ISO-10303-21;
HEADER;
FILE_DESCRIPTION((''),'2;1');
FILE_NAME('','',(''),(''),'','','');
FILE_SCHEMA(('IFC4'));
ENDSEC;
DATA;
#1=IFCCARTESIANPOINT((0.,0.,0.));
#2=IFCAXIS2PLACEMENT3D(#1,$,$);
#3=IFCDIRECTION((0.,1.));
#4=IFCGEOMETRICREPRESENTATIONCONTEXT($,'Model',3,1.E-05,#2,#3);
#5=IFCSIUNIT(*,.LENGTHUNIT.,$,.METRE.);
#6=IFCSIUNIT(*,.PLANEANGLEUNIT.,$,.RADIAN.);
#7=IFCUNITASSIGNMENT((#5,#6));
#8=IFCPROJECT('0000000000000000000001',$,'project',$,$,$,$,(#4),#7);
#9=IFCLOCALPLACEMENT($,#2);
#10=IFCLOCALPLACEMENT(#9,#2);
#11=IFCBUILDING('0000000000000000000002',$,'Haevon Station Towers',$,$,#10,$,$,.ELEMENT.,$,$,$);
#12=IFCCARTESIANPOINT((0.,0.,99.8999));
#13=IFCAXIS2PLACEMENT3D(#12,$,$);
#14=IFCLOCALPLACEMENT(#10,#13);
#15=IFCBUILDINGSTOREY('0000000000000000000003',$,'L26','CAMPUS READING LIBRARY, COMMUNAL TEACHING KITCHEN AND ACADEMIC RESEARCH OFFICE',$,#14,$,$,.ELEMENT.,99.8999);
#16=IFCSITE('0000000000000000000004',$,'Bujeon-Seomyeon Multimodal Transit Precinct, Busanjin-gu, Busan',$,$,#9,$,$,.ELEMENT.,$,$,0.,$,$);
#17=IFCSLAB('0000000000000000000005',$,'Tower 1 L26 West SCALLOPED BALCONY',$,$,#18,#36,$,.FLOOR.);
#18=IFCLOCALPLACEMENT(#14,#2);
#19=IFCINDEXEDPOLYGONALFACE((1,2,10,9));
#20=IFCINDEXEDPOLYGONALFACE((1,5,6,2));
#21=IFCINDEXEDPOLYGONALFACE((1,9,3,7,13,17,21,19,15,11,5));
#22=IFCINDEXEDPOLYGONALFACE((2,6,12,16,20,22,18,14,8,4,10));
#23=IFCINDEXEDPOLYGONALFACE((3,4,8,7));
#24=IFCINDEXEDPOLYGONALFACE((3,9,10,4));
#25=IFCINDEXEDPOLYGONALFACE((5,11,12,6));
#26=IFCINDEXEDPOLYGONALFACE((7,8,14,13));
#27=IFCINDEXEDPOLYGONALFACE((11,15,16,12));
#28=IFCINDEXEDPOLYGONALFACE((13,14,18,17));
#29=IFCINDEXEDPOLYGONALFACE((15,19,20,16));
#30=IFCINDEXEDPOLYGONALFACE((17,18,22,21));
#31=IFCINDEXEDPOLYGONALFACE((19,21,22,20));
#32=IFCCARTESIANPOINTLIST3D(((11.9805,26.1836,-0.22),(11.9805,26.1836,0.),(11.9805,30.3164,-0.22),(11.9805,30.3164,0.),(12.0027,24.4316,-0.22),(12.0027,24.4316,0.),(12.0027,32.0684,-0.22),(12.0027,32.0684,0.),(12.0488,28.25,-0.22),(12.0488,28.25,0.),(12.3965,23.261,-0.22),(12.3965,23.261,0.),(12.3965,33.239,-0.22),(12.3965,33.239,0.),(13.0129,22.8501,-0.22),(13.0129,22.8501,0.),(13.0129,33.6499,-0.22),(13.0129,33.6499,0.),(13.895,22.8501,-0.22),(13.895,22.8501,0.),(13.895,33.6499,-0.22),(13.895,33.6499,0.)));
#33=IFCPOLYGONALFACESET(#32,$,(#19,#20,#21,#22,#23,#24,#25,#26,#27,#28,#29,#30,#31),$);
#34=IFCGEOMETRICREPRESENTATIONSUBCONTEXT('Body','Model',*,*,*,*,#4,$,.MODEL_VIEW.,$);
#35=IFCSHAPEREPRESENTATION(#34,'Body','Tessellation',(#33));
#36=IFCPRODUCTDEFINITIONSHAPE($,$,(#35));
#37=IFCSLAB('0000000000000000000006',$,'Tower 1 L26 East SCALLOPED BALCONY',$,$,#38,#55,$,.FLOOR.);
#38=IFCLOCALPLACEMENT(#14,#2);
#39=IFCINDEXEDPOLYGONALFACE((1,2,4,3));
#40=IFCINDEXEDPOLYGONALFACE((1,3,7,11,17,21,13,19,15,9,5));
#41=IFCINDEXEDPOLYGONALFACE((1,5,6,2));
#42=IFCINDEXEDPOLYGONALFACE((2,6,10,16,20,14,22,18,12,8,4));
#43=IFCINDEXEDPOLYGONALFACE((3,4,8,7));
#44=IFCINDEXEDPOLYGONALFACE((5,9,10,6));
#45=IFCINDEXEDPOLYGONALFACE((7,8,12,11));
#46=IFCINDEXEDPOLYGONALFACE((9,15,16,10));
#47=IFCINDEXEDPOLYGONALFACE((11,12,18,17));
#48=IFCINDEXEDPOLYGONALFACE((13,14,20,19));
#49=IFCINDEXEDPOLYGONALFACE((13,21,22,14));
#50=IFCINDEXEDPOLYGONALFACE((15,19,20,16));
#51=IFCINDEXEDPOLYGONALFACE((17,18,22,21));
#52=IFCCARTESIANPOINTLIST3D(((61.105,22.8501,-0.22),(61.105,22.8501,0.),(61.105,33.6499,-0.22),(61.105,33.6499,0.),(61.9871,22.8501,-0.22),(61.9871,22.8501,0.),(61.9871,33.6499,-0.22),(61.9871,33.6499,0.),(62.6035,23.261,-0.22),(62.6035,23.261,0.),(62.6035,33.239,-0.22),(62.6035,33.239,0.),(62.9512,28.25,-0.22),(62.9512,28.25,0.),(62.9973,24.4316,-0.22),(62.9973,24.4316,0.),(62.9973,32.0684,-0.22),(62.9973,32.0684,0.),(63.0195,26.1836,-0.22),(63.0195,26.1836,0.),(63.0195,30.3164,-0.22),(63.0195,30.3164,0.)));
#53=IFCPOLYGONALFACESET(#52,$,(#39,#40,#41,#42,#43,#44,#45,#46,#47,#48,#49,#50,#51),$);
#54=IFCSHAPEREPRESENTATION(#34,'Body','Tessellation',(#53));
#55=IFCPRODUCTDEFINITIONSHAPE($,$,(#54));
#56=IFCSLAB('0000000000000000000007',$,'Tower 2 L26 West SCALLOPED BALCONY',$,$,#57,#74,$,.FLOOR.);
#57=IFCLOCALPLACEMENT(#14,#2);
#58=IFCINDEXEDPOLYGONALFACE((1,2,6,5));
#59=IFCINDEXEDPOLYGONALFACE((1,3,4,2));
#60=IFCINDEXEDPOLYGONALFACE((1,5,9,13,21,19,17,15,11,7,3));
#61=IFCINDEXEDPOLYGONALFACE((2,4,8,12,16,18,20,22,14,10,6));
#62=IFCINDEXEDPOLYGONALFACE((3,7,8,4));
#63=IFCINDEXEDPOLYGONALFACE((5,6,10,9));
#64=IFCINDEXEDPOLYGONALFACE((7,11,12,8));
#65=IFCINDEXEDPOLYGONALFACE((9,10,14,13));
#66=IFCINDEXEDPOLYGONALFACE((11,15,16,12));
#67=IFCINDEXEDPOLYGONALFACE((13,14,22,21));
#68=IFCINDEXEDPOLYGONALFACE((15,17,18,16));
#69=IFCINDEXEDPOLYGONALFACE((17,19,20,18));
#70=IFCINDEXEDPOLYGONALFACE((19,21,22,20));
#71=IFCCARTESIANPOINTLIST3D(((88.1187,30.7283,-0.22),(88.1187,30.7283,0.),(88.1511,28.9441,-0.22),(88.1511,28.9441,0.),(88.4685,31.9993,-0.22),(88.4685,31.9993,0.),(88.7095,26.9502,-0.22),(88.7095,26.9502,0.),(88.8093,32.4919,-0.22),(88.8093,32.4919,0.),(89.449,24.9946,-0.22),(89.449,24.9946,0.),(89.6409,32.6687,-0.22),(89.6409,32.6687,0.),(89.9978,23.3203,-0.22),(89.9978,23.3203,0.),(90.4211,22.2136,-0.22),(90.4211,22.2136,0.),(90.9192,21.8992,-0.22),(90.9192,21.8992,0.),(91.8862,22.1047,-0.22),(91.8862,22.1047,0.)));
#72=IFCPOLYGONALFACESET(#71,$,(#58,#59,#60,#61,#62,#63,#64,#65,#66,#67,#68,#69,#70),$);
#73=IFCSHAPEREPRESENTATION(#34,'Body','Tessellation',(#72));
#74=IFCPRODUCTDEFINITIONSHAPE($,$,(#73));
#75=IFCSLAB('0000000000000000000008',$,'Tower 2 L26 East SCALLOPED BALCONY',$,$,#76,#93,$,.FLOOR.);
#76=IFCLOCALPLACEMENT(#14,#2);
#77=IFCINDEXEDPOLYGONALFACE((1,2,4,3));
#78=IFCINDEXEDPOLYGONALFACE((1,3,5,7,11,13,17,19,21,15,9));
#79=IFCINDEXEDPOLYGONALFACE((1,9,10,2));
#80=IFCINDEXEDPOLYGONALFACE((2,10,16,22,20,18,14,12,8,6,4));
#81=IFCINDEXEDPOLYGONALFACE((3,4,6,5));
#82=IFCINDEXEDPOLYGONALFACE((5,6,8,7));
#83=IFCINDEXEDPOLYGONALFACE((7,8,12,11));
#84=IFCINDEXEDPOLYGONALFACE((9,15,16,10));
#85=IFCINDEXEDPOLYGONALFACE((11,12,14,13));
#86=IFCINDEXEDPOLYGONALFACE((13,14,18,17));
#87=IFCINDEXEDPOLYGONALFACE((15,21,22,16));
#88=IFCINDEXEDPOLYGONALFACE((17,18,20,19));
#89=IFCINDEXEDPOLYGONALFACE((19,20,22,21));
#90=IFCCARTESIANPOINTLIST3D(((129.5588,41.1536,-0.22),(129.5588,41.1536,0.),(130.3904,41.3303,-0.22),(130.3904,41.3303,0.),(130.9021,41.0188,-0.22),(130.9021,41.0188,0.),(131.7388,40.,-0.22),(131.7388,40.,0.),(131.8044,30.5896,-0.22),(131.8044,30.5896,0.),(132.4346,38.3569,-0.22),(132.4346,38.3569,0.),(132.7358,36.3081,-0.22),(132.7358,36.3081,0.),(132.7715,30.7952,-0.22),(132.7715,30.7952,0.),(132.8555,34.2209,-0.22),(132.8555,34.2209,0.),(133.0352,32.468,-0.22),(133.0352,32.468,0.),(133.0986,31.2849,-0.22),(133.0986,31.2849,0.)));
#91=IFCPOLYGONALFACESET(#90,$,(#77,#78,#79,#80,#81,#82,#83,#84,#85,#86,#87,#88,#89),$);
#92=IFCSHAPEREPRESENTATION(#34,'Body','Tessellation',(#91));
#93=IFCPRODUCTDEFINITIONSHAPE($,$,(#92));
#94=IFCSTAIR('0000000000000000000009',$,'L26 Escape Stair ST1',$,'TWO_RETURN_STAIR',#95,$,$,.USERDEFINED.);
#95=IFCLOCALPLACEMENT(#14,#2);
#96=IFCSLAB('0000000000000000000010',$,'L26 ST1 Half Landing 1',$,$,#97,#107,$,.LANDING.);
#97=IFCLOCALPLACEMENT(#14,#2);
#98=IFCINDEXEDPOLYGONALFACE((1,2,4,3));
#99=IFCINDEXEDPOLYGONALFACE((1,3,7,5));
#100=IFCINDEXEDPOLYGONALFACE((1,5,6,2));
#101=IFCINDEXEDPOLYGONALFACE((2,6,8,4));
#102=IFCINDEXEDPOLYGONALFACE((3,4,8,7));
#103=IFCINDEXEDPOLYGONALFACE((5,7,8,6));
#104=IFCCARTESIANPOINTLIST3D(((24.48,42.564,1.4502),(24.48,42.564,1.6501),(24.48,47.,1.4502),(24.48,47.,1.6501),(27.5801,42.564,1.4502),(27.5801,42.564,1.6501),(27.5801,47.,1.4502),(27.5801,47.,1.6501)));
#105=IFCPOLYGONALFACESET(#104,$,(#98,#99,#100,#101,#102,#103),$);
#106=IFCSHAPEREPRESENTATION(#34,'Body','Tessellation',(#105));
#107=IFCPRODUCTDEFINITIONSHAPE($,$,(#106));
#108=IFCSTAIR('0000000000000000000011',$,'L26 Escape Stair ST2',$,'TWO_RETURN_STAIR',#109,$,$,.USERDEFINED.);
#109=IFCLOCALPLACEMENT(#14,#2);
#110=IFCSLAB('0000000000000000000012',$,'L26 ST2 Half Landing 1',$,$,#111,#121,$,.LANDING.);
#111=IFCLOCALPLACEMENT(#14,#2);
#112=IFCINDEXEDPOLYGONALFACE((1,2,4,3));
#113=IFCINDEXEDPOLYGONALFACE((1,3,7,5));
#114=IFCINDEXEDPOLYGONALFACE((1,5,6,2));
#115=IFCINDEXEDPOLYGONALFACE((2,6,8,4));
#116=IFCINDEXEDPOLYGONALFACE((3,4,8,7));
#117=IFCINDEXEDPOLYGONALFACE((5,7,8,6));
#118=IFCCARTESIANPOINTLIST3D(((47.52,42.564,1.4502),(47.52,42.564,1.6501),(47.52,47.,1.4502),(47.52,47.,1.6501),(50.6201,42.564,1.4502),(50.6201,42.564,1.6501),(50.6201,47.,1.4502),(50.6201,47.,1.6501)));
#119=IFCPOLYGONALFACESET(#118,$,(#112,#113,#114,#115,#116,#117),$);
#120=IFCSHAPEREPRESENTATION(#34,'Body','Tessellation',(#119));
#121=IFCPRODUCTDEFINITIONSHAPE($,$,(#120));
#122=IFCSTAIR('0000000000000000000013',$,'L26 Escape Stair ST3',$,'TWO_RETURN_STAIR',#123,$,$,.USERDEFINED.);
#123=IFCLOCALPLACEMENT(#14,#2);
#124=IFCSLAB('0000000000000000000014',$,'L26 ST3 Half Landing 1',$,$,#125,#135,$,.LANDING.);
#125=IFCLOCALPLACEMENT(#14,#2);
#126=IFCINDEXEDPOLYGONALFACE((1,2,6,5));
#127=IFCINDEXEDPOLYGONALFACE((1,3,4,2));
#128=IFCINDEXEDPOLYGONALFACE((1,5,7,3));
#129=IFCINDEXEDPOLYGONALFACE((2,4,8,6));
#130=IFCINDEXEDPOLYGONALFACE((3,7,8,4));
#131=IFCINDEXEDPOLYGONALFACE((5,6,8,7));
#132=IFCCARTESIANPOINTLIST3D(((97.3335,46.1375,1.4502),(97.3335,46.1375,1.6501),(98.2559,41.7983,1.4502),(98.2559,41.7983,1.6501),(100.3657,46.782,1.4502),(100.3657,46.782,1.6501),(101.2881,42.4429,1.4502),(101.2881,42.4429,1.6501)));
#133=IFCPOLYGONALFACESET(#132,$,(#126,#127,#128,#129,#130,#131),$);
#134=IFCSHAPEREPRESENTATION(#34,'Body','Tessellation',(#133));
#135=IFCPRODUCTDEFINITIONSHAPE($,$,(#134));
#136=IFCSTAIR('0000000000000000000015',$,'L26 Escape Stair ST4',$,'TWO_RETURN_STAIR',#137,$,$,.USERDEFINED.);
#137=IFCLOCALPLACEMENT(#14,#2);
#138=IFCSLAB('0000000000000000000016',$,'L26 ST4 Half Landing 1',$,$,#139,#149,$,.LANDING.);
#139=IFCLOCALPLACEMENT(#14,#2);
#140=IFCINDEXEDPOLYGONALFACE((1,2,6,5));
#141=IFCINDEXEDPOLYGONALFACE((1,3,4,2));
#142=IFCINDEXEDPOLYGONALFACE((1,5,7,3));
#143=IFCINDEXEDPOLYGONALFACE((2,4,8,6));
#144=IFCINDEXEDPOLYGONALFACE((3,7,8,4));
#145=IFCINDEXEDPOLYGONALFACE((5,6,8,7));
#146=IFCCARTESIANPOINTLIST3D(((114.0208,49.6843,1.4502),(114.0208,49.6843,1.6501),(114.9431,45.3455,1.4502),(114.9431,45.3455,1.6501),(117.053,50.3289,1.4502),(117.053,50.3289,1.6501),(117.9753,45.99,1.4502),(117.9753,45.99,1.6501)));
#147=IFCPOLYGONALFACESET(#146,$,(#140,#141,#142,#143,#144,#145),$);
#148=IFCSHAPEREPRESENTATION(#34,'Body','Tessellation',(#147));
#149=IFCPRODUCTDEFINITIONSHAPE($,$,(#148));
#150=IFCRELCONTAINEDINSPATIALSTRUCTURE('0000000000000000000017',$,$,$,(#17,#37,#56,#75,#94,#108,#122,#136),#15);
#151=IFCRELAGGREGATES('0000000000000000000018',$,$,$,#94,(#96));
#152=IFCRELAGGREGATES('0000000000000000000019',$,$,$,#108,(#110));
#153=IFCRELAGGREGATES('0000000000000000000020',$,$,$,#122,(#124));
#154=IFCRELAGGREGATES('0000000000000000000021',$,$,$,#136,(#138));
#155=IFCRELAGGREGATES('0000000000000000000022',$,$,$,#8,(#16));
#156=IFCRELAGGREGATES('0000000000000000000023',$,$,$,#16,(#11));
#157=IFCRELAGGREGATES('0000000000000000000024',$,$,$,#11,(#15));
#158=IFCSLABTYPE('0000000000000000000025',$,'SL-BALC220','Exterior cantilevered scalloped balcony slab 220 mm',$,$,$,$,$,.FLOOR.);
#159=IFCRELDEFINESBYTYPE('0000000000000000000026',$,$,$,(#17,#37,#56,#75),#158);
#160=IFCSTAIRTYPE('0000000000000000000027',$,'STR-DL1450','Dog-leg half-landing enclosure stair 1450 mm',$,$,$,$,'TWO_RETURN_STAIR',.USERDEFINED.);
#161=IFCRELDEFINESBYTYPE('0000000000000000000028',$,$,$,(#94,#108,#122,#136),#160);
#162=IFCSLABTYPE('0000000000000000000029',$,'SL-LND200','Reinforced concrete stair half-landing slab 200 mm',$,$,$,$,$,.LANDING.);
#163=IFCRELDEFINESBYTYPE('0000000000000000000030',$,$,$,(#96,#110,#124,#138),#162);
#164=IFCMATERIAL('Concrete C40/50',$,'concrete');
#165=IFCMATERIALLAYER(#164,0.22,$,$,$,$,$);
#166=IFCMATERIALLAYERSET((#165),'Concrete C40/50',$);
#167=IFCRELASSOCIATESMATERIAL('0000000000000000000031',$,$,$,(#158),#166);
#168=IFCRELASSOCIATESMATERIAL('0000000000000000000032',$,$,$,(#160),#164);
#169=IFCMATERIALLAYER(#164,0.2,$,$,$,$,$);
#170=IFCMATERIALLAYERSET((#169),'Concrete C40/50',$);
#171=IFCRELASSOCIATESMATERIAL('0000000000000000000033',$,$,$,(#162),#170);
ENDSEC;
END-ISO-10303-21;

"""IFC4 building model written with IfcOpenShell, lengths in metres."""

from ifc_helpers import new_model, si_unit, direction, frame, origin, place, context, subcontext, project, spatial, polyline, outline, extrude, material, layer, layer_set, type_object, element, aggregate, save


model = new_model("IFC4")

# Units and contexts
model_context = context("Model", 3, precision=1e-05, world=origin(), true_north=direction((0.0, 1.0)))
body_context = subcontext(model_context, "Body", "Model", "MODEL_VIEW")
ifc_project = project(units=[si_unit("LENGTHUNIT", "METRE"), si_unit("PLANEANGLEUNIT", "RADIAN")], contexts=[model_context])

# Site, building, storey
site_placement = place(None, origin())
site = spatial("IfcSite", under=ifc_project, at=site_placement, Name="Bujeon-Seomyeon Multimodal Transit Precinct, Busanjin-gu, Busan", CompositionType="ELEMENT", RefElevation=0.0)
building_placement = place(site_placement, origin())
building = spatial("IfcBuilding", under=site, at=building_placement, Name="Haevon Station Towers", CompositionType="ELEMENT")
storey_placement = place(building_placement, frame((0.0, 0.0, 99.8999)))
storey = spatial("IfcBuildingStorey", under=building, at=storey_placement, Name="L26", Description="CAMPUS READING LIBRARY, COMMUNAL TEACHING KITCHEN AND ACADEMIC RESEARCH OFFICE", CompositionType="ELEMENT", Elevation=99.8999)

# Slabs
ifc_material_1 = material(Name="Concrete C40/50", Category="concrete")
ifc_layer_1 = layer(ifc_material_1, 0.22)
ifc_layer_set_1 = layer_set([ifc_layer_1], Name="Concrete C40/50")
slab_type_1 = type_object("IfcSlabType", Name="SL-BALC220", Description="Exterior cantilevered scalloped balcony slab 220 mm", PredefinedType="FLOOR", material=ifc_layer_set_1)
slab_1_placement = place(storey_placement, frame((0.0, 0.0, -0.22)))
element("IfcSlab", 1, at=slab_1_placement, inside=storey, type_object=slab_type_1, Name="Tower 1 L26 West SCALLOPED BALCONY", PredefinedType="FLOOR", context=body_context, shape_type="SweptSolid", body=[
    extrude(outline(polyline([(13.895, 33.6499), (13.0129, 33.6499), (12.3965, 33.239), (12.0027, 32.0684), (11.9805, 30.3164), (12.0488, 28.25), (11.9805, 26.1836), (12.0027, 24.4316), (12.3965, 23.261), (13.0129, 22.8501), (13.895, 22.8501), (13.895, 33.6499)])), origin(), (0.0, 0.0, 1.0), 0.22),
])
slab_2_placement = place(storey_placement, frame((0.0, 0.0, -0.22)))
element("IfcSlab", 2, at=slab_2_placement, inside=storey, type_object=slab_type_1, Name="Tower 1 L26 East SCALLOPED BALCONY", PredefinedType="FLOOR", context=body_context, shape_type="SweptSolid", body=[
    extrude(outline(polyline([(61.105, 22.8501), (61.9871, 22.8501), (62.6035, 23.261), (62.9973, 24.4316), (63.0195, 26.1836), (62.9512, 28.25), (63.0195, 30.3164), (62.9973, 32.0684), (62.6035, 33.239), (61.9871, 33.6499), (61.105, 33.6499), (61.105, 22.8501)])), origin(), (0.0, 0.0, 1.0), 0.22),
])
slab_3_placement = place(storey_placement, frame((0.0, 0.0, -0.22)))
element("IfcSlab", 3, at=slab_3_placement, inside=storey, type_object=slab_type_1, Name="Tower 2 L26 West SCALLOPED BALCONY", PredefinedType="FLOOR", context=body_context, shape_type="SweptSolid", body=[
    extrude(outline(polyline([(89.6409, 32.6687), (88.8093, 32.4919), (88.4685, 31.9993), (88.1187, 30.7283), (88.1511, 28.9441), (88.7095, 26.9502), (89.449, 24.9946), (89.9978, 23.3203), (90.4211, 22.2136), (90.9192, 21.8992), (91.8862, 22.1047), (89.6409, 32.6687)])), origin(), (0.0, 0.0, 1.0), 0.22),
])
slab_4_placement = place(storey_placement, frame((0.0, 0.0, -0.22)))
element("IfcSlab", 4, at=slab_4_placement, inside=storey, type_object=slab_type_1, Name="Tower 2 L26 East SCALLOPED BALCONY", PredefinedType="FLOOR", context=body_context, shape_type="SweptSolid", body=[
    extrude(outline(polyline([(131.8044, 30.5896), (132.7715, 30.7952), (133.0986, 31.2849), (133.0352, 32.468), (132.8555, 34.2209), (132.7358, 36.3081), (132.4346, 38.3569), (131.7388, 40.0), (130.9021, 41.0188), (130.3904, 41.3303), (129.5588, 41.1536), (131.8044, 30.5896)])), origin(), (0.0, 0.0, 1.0), 0.22),
])

# Stairs, slabs
stair_type = type_object("IfcStairType", Name="STR-DL1450", Description="Dog-leg half-landing enclosure stair 1450 mm", ElementType="TWO_RETURN_STAIR", PredefinedType="USERDEFINED", material=ifc_material_1)
stair_1_placement = place(storey_placement, origin())
stair_1 = element("IfcStair", 5, at=stair_1_placement, inside=storey, type_object=stair_type, Name="L26 Escape Stair ST1", ObjectType="TWO_RETURN_STAIR", PredefinedType="USERDEFINED")
ifc_layer_2 = layer(ifc_material_1, 0.2)
ifc_layer_set_2 = layer_set([ifc_layer_2], Name="Concrete C40/50")
slab_type_2 = type_object("IfcSlabType", Name="SL-LND200", Description="Reinforced concrete stair half-landing slab 200 mm", PredefinedType="LANDING", material=ifc_layer_set_2)
slab_5_placement = place(storey_placement, frame((0.0, 0.0, 1.4502)))
slab_5 = element("IfcSlab", 6, at=slab_5_placement, type_object=slab_type_2, Name="L26 ST1 Half Landing 1", PredefinedType="LANDING", context=body_context, shape_type="SweptSolid", body=[
    extrude(outline(polyline([(27.5801, 42.564), (27.5801, 47.0), (24.48, 47.0), (24.48, 42.564), (27.5801, 42.564)])), origin(), (0.0, 0.0, 1.0), 0.2),
])
aggregate(stair_1, [slab_5])
stair_2_placement = place(storey_placement, origin())
stair_2 = element("IfcStair", 7, at=stair_2_placement, inside=storey, type_object=stair_type, Name="L26 Escape Stair ST2", ObjectType="TWO_RETURN_STAIR", PredefinedType="USERDEFINED")
slab_6_placement = place(storey_placement, frame((0.0, 0.0, 1.4502)))
slab_6 = element("IfcSlab", 8, at=slab_6_placement, type_object=slab_type_2, Name="L26 ST2 Half Landing 1", PredefinedType="LANDING", context=body_context, shape_type="SweptSolid", body=[
    extrude(outline(polyline([(50.6201, 42.564), (50.6201, 47.0), (47.52, 47.0), (47.52, 42.564), (50.6201, 42.564)])), origin(), (0.0, 0.0, 1.0), 0.2),
])
aggregate(stair_2, [slab_6])
stair_3_placement = place(storey_placement, origin())
stair_3 = element("IfcStair", 9, at=stair_3_placement, inside=storey, type_object=stair_type, Name="L26 Escape Stair ST3", ObjectType="TWO_RETURN_STAIR", PredefinedType="USERDEFINED")
slab_7_placement = place(storey_placement, frame((0.0, 0.0, 1.4502)))
slab_7 = element("IfcSlab", 10, at=slab_7_placement, type_object=slab_type_2, Name="L26 ST3 Half Landing 1", PredefinedType="LANDING", context=body_context, shape_type="SweptSolid", body=[
    extrude(outline(polyline([(101.2881, 42.4429), (100.3657, 46.782), (97.3335, 46.1375), (98.2559, 41.7983), (101.2881, 42.4429)])), origin(), (0.0, 0.0, 1.0), 0.2),
])
aggregate(stair_3, [slab_7])
stair_4_placement = place(storey_placement, origin())
stair_4 = element("IfcStair", 11, at=stair_4_placement, inside=storey, type_object=stair_type, Name="L26 Escape Stair ST4", ObjectType="TWO_RETURN_STAIR", PredefinedType="USERDEFINED")
slab_8_placement = place(storey_placement, frame((0.0, 0.0, 1.4502)))
slab_8 = element("IfcSlab", 12, at=slab_8_placement, type_object=slab_type_2, Name="L26 ST4 Half Landing 1", PredefinedType="LANDING", context=body_context, shape_type="SweptSolid", body=[
    extrude(outline(polyline([(117.9753, 45.99), (117.053, 50.3289), (114.0208, 49.6843), (114.9431, 45.3455), (117.9753, 45.99)])), origin(), (0.0, 0.0, 1.0), 0.2),
])
aggregate(stair_4, [slab_8])

save(model, "model.ifc")
